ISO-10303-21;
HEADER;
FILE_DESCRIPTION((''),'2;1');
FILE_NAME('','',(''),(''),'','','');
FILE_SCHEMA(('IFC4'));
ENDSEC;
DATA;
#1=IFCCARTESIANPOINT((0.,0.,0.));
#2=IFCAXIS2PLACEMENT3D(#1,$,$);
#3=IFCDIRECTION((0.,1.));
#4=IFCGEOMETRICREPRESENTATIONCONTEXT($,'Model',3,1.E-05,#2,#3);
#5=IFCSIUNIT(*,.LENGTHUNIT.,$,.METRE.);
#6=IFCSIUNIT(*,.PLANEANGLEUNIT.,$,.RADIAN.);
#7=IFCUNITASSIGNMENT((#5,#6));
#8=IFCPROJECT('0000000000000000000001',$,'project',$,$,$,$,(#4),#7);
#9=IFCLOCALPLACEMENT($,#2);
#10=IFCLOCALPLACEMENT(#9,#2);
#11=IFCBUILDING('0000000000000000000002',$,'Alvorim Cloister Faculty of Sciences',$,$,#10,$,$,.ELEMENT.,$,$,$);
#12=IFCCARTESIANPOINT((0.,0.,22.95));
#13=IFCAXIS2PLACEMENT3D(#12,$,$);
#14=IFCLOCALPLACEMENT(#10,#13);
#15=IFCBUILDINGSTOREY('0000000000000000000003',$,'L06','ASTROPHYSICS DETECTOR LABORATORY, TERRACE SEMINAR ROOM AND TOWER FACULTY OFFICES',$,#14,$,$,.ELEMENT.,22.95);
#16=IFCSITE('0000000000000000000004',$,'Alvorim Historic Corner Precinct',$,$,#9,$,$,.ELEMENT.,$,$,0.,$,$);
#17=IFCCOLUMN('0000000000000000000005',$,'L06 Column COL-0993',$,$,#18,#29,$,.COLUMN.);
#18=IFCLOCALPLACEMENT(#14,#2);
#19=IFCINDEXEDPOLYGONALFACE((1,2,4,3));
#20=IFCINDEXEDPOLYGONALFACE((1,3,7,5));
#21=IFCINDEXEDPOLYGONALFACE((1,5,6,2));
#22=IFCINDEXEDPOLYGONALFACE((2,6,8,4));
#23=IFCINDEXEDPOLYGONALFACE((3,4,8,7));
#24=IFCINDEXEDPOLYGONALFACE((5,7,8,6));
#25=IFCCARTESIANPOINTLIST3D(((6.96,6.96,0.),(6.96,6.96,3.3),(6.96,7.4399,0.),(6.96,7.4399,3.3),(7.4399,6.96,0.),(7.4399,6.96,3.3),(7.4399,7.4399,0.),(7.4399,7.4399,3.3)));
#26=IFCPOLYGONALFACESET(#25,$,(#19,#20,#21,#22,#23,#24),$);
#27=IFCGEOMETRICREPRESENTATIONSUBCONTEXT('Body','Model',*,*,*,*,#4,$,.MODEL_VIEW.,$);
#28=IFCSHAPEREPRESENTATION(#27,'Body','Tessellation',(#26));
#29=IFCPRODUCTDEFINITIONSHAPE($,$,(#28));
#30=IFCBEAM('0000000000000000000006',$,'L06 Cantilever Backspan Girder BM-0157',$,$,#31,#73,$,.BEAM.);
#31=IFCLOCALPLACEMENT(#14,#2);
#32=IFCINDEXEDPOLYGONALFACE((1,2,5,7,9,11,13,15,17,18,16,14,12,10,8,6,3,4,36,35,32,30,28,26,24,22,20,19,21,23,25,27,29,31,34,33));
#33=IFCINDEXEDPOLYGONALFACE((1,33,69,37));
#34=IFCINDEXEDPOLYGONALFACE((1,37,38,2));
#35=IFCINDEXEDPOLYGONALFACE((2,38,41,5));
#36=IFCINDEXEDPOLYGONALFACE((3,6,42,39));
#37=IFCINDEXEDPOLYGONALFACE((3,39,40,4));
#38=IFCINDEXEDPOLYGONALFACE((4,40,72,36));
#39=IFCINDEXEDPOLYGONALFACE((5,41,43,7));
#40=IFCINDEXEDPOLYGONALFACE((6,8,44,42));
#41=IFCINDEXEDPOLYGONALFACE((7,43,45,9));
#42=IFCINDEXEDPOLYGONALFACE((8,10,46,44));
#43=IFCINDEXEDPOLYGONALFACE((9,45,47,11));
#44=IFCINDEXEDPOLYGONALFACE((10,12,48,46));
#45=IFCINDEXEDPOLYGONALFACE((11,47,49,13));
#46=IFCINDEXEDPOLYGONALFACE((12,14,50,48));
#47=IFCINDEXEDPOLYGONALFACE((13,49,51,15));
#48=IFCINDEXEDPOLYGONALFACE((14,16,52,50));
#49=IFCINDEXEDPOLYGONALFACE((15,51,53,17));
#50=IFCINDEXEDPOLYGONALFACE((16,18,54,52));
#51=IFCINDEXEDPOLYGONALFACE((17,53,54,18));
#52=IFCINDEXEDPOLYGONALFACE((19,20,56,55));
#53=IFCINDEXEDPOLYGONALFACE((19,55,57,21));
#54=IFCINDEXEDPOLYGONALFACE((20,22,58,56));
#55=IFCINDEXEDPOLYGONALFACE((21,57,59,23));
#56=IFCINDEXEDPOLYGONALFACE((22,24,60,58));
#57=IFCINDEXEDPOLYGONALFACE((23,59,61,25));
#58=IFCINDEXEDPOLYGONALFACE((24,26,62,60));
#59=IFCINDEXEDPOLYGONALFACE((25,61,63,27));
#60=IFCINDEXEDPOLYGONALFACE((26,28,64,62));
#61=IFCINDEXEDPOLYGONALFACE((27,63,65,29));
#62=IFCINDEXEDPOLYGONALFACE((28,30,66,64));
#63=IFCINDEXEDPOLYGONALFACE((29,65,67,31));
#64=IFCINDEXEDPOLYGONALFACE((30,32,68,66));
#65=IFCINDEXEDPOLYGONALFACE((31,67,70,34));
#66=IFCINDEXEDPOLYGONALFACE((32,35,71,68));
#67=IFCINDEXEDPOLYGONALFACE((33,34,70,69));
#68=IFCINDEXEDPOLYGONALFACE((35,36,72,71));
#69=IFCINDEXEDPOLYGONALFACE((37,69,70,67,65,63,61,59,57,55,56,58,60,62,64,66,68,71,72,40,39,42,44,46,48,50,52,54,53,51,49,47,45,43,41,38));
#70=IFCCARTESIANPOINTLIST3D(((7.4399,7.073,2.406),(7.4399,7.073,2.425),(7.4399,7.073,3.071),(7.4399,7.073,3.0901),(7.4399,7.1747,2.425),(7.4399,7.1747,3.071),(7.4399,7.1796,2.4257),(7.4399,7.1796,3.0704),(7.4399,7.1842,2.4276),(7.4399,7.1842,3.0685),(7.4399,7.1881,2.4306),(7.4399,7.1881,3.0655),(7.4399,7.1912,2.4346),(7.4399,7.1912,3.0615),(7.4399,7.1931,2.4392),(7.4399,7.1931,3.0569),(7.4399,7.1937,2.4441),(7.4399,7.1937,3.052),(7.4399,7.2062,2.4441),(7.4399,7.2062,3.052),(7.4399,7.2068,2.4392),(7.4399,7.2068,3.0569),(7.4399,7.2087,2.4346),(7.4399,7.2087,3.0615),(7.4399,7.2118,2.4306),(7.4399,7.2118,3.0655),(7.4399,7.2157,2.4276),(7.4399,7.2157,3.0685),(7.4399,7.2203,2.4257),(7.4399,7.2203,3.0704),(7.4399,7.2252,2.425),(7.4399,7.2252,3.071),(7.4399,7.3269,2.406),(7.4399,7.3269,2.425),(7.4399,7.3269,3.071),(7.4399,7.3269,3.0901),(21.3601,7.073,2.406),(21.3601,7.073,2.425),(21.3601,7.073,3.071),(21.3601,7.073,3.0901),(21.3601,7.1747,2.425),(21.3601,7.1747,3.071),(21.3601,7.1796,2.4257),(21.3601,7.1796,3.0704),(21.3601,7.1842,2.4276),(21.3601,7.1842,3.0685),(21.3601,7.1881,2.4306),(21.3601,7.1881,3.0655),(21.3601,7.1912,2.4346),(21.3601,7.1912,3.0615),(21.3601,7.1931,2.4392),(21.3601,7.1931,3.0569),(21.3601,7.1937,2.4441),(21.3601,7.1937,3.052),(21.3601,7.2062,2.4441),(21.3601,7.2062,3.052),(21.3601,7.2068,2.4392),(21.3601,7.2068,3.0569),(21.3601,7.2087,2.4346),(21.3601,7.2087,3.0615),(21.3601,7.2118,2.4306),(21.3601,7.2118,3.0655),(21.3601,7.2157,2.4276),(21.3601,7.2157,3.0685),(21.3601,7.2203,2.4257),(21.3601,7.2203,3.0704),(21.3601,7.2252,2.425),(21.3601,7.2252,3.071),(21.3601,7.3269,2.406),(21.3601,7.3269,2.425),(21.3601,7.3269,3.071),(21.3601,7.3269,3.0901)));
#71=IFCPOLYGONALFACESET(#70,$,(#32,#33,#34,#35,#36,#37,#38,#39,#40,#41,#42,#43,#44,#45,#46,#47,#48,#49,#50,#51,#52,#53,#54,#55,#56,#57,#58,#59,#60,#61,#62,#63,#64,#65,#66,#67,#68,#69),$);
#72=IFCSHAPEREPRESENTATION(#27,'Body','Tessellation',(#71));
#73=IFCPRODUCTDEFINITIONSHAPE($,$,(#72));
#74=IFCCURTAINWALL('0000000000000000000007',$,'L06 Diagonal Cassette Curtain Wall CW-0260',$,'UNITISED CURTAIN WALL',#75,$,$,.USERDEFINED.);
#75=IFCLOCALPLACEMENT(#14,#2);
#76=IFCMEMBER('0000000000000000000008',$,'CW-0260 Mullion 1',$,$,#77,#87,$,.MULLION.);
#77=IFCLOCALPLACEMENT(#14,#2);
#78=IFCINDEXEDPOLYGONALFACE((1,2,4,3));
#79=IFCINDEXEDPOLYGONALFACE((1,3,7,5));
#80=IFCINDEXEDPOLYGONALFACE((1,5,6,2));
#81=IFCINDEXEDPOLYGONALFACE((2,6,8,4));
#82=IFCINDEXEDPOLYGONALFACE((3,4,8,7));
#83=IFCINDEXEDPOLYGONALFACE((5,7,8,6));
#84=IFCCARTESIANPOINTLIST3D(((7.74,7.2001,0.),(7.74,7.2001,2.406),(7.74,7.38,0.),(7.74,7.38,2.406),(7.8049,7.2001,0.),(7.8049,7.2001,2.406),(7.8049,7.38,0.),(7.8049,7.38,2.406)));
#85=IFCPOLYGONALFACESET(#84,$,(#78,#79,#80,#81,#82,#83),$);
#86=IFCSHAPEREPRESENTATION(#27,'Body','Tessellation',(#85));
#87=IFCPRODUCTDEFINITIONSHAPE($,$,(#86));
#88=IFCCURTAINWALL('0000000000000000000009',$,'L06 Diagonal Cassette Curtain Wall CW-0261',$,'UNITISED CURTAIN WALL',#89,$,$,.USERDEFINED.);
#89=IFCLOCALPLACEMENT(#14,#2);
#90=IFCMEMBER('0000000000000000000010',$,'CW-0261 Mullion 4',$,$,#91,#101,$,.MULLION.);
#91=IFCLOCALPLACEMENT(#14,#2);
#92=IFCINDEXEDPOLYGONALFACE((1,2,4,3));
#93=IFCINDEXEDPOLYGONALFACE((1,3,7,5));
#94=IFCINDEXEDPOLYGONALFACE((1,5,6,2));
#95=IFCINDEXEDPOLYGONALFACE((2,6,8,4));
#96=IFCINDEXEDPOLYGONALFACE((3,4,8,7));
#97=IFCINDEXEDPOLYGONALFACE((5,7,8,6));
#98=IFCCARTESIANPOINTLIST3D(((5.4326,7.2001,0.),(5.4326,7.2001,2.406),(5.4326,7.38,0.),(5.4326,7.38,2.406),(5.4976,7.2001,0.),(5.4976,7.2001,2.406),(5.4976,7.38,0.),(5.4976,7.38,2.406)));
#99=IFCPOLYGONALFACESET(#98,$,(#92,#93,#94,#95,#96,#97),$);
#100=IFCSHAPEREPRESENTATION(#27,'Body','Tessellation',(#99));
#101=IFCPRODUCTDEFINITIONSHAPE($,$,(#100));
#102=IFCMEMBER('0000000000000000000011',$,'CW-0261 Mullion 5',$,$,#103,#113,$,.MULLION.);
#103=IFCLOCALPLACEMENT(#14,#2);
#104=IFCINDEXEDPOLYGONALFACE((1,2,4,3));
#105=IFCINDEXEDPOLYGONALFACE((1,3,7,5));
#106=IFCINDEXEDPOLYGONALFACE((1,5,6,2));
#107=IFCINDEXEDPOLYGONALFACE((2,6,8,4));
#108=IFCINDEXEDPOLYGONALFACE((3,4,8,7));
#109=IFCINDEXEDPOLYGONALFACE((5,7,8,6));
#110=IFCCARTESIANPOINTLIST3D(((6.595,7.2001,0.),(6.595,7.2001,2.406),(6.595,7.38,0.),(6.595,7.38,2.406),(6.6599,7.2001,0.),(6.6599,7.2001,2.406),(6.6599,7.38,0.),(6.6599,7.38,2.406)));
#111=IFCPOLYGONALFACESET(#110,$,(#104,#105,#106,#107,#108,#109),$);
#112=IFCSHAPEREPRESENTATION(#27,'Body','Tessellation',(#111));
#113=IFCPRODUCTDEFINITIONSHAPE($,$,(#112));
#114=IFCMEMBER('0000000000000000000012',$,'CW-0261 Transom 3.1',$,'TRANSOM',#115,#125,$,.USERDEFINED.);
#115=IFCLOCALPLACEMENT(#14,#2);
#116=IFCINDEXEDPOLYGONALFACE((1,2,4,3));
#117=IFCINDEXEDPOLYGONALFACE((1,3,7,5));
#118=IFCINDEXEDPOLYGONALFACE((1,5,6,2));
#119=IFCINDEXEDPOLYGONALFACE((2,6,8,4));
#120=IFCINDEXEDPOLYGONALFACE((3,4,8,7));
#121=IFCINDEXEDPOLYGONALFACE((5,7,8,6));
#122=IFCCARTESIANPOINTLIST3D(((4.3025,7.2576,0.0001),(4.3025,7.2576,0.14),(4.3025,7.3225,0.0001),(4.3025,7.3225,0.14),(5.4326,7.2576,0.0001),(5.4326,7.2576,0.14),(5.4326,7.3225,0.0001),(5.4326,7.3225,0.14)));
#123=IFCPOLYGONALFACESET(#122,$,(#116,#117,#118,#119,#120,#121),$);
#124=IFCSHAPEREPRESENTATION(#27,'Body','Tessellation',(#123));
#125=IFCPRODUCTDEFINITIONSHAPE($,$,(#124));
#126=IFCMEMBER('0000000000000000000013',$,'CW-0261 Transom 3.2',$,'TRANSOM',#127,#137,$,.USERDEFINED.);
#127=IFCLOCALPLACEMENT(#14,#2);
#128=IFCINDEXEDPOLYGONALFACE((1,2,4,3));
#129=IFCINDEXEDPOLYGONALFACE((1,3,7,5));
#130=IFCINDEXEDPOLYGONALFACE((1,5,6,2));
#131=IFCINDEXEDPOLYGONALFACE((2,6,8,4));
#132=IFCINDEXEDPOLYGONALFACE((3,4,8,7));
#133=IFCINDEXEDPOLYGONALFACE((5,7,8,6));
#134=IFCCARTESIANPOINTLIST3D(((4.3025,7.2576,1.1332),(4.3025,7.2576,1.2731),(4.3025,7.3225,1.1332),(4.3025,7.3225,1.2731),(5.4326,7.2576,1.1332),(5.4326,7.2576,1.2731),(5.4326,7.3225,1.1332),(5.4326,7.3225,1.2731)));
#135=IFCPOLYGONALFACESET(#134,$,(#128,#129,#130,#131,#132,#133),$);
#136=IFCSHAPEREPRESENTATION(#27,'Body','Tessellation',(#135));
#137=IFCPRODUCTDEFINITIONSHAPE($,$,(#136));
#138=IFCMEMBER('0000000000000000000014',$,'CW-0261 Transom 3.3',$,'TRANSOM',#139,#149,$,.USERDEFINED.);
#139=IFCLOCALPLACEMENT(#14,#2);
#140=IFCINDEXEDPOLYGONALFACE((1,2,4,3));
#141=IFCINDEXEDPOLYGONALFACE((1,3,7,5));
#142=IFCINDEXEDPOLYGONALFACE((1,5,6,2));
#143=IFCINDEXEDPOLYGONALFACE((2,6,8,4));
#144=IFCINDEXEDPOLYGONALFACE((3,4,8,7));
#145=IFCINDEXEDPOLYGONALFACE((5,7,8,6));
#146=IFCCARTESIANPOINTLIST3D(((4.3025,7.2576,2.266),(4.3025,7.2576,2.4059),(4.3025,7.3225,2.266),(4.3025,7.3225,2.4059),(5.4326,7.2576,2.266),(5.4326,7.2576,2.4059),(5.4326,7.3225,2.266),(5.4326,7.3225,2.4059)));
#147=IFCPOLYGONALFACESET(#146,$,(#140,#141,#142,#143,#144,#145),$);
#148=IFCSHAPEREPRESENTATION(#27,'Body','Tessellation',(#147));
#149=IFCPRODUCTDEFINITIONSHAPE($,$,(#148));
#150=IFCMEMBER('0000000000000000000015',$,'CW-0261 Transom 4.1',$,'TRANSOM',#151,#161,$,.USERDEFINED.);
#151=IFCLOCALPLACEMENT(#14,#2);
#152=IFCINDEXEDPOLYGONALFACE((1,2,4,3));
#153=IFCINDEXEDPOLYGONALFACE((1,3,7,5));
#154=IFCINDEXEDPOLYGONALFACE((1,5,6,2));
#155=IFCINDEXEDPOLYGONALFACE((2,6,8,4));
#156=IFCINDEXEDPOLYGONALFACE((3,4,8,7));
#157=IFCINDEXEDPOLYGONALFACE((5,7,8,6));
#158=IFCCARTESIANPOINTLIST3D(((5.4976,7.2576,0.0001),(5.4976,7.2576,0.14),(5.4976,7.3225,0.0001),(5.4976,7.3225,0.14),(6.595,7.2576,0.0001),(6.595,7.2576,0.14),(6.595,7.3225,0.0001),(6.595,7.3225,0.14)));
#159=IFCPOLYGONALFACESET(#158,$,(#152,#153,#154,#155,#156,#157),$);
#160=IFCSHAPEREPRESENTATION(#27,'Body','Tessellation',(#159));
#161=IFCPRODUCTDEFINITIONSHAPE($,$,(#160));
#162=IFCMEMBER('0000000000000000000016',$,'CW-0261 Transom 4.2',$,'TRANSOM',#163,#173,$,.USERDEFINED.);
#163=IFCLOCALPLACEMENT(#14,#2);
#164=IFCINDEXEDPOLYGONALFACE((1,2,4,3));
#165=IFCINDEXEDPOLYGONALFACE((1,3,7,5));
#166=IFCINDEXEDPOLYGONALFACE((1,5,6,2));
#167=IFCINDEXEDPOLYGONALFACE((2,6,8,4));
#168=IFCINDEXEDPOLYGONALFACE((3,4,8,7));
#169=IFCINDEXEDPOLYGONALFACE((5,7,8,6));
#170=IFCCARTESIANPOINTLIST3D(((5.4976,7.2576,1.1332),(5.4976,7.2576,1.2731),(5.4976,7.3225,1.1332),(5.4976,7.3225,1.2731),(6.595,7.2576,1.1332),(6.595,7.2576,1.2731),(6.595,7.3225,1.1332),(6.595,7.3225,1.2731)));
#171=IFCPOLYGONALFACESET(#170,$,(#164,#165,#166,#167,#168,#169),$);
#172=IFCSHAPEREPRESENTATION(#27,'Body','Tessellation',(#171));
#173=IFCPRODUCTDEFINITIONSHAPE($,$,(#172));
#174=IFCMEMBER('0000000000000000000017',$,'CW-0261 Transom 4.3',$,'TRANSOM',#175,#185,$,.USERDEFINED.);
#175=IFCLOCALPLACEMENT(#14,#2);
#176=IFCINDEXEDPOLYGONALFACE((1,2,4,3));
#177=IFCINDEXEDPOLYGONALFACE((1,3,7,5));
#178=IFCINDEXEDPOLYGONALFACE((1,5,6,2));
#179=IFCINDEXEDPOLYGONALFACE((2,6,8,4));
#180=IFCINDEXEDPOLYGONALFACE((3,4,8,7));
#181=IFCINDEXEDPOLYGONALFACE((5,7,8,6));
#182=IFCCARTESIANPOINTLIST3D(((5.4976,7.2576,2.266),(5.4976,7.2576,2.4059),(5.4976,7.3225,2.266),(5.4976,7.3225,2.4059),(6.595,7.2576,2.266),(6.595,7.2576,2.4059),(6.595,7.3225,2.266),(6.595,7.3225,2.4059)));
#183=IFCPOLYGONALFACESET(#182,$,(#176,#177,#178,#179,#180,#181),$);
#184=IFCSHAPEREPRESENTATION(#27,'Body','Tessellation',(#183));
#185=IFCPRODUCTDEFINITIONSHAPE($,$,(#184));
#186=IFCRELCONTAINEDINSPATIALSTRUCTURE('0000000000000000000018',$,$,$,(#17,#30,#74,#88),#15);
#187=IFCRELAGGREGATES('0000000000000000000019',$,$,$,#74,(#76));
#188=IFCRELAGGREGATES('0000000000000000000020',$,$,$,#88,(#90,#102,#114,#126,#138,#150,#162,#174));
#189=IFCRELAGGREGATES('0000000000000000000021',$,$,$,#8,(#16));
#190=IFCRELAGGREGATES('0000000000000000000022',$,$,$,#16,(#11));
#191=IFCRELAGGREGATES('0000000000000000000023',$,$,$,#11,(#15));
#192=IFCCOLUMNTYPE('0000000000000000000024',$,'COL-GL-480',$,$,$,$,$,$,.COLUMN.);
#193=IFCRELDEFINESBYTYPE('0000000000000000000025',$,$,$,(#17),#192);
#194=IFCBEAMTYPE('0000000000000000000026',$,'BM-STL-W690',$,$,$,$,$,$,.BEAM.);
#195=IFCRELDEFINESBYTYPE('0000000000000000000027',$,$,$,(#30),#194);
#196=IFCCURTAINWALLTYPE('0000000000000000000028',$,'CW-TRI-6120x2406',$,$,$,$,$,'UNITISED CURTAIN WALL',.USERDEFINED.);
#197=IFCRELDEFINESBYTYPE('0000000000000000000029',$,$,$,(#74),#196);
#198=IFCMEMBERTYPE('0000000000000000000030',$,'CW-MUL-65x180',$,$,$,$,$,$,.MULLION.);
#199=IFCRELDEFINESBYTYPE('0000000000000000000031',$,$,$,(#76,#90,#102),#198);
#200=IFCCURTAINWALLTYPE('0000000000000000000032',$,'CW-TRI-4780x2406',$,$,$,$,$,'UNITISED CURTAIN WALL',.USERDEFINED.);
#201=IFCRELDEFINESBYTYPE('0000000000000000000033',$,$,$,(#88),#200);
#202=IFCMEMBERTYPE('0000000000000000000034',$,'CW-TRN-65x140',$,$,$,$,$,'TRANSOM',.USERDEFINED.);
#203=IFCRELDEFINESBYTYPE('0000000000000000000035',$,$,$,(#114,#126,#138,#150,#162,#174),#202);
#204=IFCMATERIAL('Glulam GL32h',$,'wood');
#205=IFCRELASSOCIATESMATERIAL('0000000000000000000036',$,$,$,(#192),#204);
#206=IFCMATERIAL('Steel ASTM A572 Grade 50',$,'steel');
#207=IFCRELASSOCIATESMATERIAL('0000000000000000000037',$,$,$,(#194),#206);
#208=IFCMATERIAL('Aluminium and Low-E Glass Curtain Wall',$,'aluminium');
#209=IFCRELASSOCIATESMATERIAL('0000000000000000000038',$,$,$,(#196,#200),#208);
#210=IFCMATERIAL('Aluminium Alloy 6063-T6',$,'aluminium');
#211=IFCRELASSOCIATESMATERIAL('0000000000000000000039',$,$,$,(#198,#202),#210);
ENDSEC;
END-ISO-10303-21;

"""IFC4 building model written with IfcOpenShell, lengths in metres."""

from ifc_helpers import new_model, si_unit, direction, frame, origin, origin_2d, place, context, subcontext, project, spatial, rectangle, i_section, extrude, material, material_profile, profile_set, type_object, element, aggregate, save


model = new_model("IFC4")

# Units and contexts
model_context = context("Model", 3, precision=1e-05, world=origin(), true_north=direction((0.0, 1.0)))
body_context = subcontext(model_context, "Body", "Model", "MODEL_VIEW")
ifc_project = project(units=[si_unit("LENGTHUNIT", "METRE"), si_unit("PLANEANGLEUNIT", "RADIAN")], contexts=[model_context])

# Site, building, storey
site_placement = place(None, origin())
site = spatial("IfcSite", under=ifc_project, at=site_placement, Name="Alvorim Historic Corner Precinct", CompositionType="ELEMENT", RefElevation=0.0)
building_placement = place(site_placement, origin())
building = spatial("IfcBuilding", under=site, at=building_placement, Name="Alvorim Cloister Faculty of Sciences", CompositionType="ELEMENT")
storey_placement = place(building_placement, frame((0.0, 0.0, 22.95)))
storey = spatial("IfcBuildingStorey", under=building, at=storey_placement, Name="L06", Description="ASTROPHYSICS DETECTOR LABORATORY, TERRACE SEMINAR ROOM AND TOWER FACULTY OFFICES", CompositionType="ELEMENT", Elevation=22.95)

# Column
ifc_material_1 = material(Name="Glulam GL32h", Category="wood")
ifc_material_profile_1 = material_profile(ifc_material_1, rectangle(XDim=0.48, YDim=0.48, at=origin_2d()), Name="GL32-COL-480x480")
ifc_profile_set_1 = profile_set([ifc_material_profile_1], Name="Glulam GL32h")
column_type = type_object("IfcColumnType", Name="COL-GL-480", PredefinedType="COLUMN", material=ifc_profile_set_1)
column_placement = place(storey_placement, frame((7.2, 7.2, 0.0), z_axis=(0.0, 0.0, 1.0), x_axis=(1.0, 0.0, 0.0)))
element("IfcColumn", 1, at=column_placement, inside=storey, type_object=column_type, Name="L06 Column COL-0993", PredefinedType="COLUMN", context=body_context, shape_type="SweptSolid", body=[
    extrude(rectangle(XDim=0.48, YDim=0.48, at=origin_2d()), origin(), (0.0, 0.0, 1.0), 3.3),
])

# Beam
ifc_material_2 = material(Name="Steel ASTM A572 Grade 50", Category="steel")
ifc_material_profile_2 = material_profile(ifc_material_2, i_section(OverallWidth=0.2539, OverallDepth=0.6841, WebThickness=0.0125, FlangeThickness=0.019, FilletRadius=0.019, at=origin_2d()), Name="W690x140.0")
ifc_profile_set_2 = profile_set([ifc_material_profile_2], Name="Steel ASTM A572 Grade 50")
beam_type = type_object("IfcBeamType", Name="BM-STL-W690", PredefinedType="BEAM", material=ifc_profile_set_2)
beam_placement = place(storey_placement, frame((7.4399, 7.2, 2.748), z_axis=(1.0, 0.0, 0.0), x_axis=(0.0, 1.0, 0.0)))
element("IfcBeam", 2, at=beam_placement, inside=storey, type_object=beam_type, Name="L06 Cantilever Backspan Girder BM-0157", PredefinedType="BEAM", context=body_context, shape_type="SweptSolid", body=[
    extrude(i_section(OverallWidth=0.2539, OverallDepth=0.6841, WebThickness=0.0125, FlangeThickness=0.019, FilletRadius=0.019, at=origin_2d()), origin(), (0.0, 0.0, 1.0), 13.9202),
])

# Curtain wall, member
ifc_material_3 = material(Name="Aluminium and Low-E Glass Curtain Wall", Category="aluminium")
curtain_wall_type_1 = type_object("IfcCurtainWallType", Name="CW-TRI-6120x2406", ElementType="UNITISED CURTAIN WALL", PredefinedType="USERDEFINED", material=ifc_material_3)
curtain_wall_1_placement = place(storey_placement, origin())
curtain_wall_1 = element("IfcCurtainWall", 3, at=curtain_wall_1_placement, inside=storey, type_object=curtain_wall_type_1, Name="L06 Diagonal Cassette Curtain Wall CW-0260", ObjectType="UNITISED CURTAIN WALL", PredefinedType="USERDEFINED")
ifc_material_4 = material(Name="Aluminium Alloy 6063-T6", Category="aluminium")
ifc_material_profile_3 = material_profile(ifc_material_4, rectangle(XDim=0.0649, YDim=0.1799, at=origin_2d()), Name="ALU-MUL-65x180")
ifc_profile_set_3 = profile_set([ifc_material_profile_3], Name="Aluminium Alloy 6063-T6")
member_type_1 = type_object("IfcMemberType", Name="CW-MUL-65x180", PredefinedType="MULLION", material=ifc_profile_set_3)
member_1_placement = place(storey_placement, frame((7.7725, 7.29, 0.0), z_axis=(0.0, 0.0, 1.0), x_axis=(1.0, 0.0, 0.0)))
member_1 = element("IfcMember", 4, at=member_1_placement, type_object=member_type_1, Name="CW-0260 Mullion 1", PredefinedType="MULLION", context=body_context, shape_type="SweptSolid", body=[
    extrude(rectangle(XDim=0.0649, YDim=0.1799, at=origin_2d()), origin(), (0.0, 0.0, 1.0), 2.406),
])

# Curtain wall, members
curtain_wall_type_2 = type_object("IfcCurtainWallType", Name="CW-TRI-4780x2406", ElementType="UNITISED CURTAIN WALL", PredefinedType="USERDEFINED", material=ifc_material_3)
curtain_wall_2_placement = place(storey_placement, origin())
curtain_wall_2 = element("IfcCurtainWall", 5, at=curtain_wall_2_placement, inside=storey, type_object=curtain_wall_type_2, Name="L06 Diagonal Cassette Curtain Wall CW-0261", ObjectType="UNITISED CURTAIN WALL", PredefinedType="USERDEFINED")
member_2_placement = place(storey_placement, frame((5.4651, 7.29, 0.0), z_axis=(0.0, 0.0, 1.0), x_axis=(1.0, 0.0, 0.0)))
member_2 = element("IfcMember", 6, at=member_2_placement, type_object=member_type_1, Name="CW-0261 Mullion 4", PredefinedType="MULLION", context=body_context, shape_type="SweptSolid", body=[
    extrude(rectangle(XDim=0.0649, YDim=0.1799, at=origin_2d()), origin(), (0.0, 0.0, 1.0), 2.406),
])
member_3_placement = place(storey_placement, frame((6.6274, 7.29, 0.0), z_axis=(0.0, 0.0, 1.0), x_axis=(1.0, 0.0, 0.0)))
member_3 = element("IfcMember", 7, at=member_3_placement, type_object=member_type_1, Name="CW-0261 Mullion 5", PredefinedType="MULLION", context=body_context, shape_type="SweptSolid", body=[
    extrude(rectangle(XDim=0.0649, YDim=0.1799, at=origin_2d()), origin(), (0.0, 0.0, 1.0), 2.406),
])
ifc_material_profile_4 = material_profile(ifc_material_4, rectangle(XDim=0.0649, YDim=0.1399, at=origin_2d()), Name="ALU-TRN-65x140")
ifc_profile_set_4 = profile_set([ifc_material_profile_4], Name="Aluminium Alloy 6063-T6")
member_type_2 = type_object("IfcMemberType", Name="CW-TRN-65x140", ElementType="TRANSOM", PredefinedType="USERDEFINED", material=ifc_profile_set_4)
member_4_placement = place(storey_placement, frame((4.3025, 7.29, 0.0701), z_axis=(1.0, 0.0, 0.0), x_axis=(0.0, 1.0, 0.0)))
member_4 = element("IfcMember", 8, at=member_4_placement, type_object=member_type_2, Name="CW-0261 Transom 3.1", ObjectType="TRANSOM", PredefinedType="USERDEFINED", context=body_context, shape_type="SweptSolid", body=[
    extrude(rectangle(XDim=0.0649, YDim=0.1399, at=origin_2d()), origin(), (0.0, 0.0, 1.0), 1.1301),
])
member_5_placement = place(storey_placement, frame((4.3025, 7.29, 1.2031), z_axis=(1.0, 0.0, 0.0), x_axis=(0.0, 1.0, 0.0)))
member_5 = element("IfcMember", 9, at=member_5_placement, type_object=member_type_2, Name="CW-0261 Transom 3.2", ObjectType="TRANSOM", PredefinedType="USERDEFINED", context=body_context, shape_type="SweptSolid", body=[
    extrude(rectangle(XDim=0.0649, YDim=0.1399, at=origin_2d()), origin(), (0.0, 0.0, 1.0), 1.1301),
])
member_6_placement = place(storey_placement, frame((4.3025, 7.29, 2.3359), z_axis=(1.0, 0.0, 0.0), x_axis=(0.0, 1.0, 0.0)))
member_6 = element("IfcMember", 10, at=member_6_placement, type_object=member_type_2, Name="CW-0261 Transom 3.3", ObjectType="TRANSOM", PredefinedType="USERDEFINED", context=body_context, shape_type="SweptSolid", body=[
    extrude(rectangle(XDim=0.0649, YDim=0.1399, at=origin_2d()), origin(), (0.0, 0.0, 1.0), 1.1301),
])
member_7_placement = place(storey_placement, frame((5.4976, 7.29, 0.0701), z_axis=(1.0, 0.0, 0.0), x_axis=(0.0, 1.0, 0.0)))
member_7 = element("IfcMember", 11, at=member_7_placement, type_object=member_type_2, Name="CW-0261 Transom 4.1", ObjectType="TRANSOM", PredefinedType="USERDEFINED", context=body_context, shape_type="SweptSolid", body=[
    extrude(rectangle(XDim=0.0649, YDim=0.1399, at=origin_2d()), origin(), (0.0, 0.0, 1.0), 1.0974),
])
member_8_placement = place(storey_placement, frame((5.4976, 7.29, 1.2031), z_axis=(1.0, 0.0, 0.0), x_axis=(0.0, 1.0, 0.0)))
member_8 = element("IfcMember", 12, at=member_8_placement, type_object=member_type_2, Name="CW-0261 Transom 4.2", ObjectType="TRANSOM", PredefinedType="USERDEFINED", context=body_context, shape_type="SweptSolid", body=[
    extrude(rectangle(XDim=0.0649, YDim=0.1399, at=origin_2d()), origin(), (0.0, 0.0, 1.0), 1.0974),
])
member_9_placement = place(storey_placement, frame((5.4976, 7.29, 2.3359), z_axis=(1.0, 0.0, 0.0), x_axis=(0.0, 1.0, 0.0)))
member_9 = element("IfcMember", 13, at=member_9_placement, type_object=member_type_2, Name="CW-0261 Transom 4.3", ObjectType="TRANSOM", PredefinedType="USERDEFINED", context=body_context, shape_type="SweptSolid", body=[
    extrude(rectangle(XDim=0.0649, YDim=0.1399, at=origin_2d()), origin(), (0.0, 0.0, 1.0), 1.0974),
])

aggregate(curtain_wall_1, [member_1])
aggregate(curtain_wall_2, [member_2, member_3, member_4, member_5, member_6, member_7, member_8, member_9])

save(model, "model.ifc")
